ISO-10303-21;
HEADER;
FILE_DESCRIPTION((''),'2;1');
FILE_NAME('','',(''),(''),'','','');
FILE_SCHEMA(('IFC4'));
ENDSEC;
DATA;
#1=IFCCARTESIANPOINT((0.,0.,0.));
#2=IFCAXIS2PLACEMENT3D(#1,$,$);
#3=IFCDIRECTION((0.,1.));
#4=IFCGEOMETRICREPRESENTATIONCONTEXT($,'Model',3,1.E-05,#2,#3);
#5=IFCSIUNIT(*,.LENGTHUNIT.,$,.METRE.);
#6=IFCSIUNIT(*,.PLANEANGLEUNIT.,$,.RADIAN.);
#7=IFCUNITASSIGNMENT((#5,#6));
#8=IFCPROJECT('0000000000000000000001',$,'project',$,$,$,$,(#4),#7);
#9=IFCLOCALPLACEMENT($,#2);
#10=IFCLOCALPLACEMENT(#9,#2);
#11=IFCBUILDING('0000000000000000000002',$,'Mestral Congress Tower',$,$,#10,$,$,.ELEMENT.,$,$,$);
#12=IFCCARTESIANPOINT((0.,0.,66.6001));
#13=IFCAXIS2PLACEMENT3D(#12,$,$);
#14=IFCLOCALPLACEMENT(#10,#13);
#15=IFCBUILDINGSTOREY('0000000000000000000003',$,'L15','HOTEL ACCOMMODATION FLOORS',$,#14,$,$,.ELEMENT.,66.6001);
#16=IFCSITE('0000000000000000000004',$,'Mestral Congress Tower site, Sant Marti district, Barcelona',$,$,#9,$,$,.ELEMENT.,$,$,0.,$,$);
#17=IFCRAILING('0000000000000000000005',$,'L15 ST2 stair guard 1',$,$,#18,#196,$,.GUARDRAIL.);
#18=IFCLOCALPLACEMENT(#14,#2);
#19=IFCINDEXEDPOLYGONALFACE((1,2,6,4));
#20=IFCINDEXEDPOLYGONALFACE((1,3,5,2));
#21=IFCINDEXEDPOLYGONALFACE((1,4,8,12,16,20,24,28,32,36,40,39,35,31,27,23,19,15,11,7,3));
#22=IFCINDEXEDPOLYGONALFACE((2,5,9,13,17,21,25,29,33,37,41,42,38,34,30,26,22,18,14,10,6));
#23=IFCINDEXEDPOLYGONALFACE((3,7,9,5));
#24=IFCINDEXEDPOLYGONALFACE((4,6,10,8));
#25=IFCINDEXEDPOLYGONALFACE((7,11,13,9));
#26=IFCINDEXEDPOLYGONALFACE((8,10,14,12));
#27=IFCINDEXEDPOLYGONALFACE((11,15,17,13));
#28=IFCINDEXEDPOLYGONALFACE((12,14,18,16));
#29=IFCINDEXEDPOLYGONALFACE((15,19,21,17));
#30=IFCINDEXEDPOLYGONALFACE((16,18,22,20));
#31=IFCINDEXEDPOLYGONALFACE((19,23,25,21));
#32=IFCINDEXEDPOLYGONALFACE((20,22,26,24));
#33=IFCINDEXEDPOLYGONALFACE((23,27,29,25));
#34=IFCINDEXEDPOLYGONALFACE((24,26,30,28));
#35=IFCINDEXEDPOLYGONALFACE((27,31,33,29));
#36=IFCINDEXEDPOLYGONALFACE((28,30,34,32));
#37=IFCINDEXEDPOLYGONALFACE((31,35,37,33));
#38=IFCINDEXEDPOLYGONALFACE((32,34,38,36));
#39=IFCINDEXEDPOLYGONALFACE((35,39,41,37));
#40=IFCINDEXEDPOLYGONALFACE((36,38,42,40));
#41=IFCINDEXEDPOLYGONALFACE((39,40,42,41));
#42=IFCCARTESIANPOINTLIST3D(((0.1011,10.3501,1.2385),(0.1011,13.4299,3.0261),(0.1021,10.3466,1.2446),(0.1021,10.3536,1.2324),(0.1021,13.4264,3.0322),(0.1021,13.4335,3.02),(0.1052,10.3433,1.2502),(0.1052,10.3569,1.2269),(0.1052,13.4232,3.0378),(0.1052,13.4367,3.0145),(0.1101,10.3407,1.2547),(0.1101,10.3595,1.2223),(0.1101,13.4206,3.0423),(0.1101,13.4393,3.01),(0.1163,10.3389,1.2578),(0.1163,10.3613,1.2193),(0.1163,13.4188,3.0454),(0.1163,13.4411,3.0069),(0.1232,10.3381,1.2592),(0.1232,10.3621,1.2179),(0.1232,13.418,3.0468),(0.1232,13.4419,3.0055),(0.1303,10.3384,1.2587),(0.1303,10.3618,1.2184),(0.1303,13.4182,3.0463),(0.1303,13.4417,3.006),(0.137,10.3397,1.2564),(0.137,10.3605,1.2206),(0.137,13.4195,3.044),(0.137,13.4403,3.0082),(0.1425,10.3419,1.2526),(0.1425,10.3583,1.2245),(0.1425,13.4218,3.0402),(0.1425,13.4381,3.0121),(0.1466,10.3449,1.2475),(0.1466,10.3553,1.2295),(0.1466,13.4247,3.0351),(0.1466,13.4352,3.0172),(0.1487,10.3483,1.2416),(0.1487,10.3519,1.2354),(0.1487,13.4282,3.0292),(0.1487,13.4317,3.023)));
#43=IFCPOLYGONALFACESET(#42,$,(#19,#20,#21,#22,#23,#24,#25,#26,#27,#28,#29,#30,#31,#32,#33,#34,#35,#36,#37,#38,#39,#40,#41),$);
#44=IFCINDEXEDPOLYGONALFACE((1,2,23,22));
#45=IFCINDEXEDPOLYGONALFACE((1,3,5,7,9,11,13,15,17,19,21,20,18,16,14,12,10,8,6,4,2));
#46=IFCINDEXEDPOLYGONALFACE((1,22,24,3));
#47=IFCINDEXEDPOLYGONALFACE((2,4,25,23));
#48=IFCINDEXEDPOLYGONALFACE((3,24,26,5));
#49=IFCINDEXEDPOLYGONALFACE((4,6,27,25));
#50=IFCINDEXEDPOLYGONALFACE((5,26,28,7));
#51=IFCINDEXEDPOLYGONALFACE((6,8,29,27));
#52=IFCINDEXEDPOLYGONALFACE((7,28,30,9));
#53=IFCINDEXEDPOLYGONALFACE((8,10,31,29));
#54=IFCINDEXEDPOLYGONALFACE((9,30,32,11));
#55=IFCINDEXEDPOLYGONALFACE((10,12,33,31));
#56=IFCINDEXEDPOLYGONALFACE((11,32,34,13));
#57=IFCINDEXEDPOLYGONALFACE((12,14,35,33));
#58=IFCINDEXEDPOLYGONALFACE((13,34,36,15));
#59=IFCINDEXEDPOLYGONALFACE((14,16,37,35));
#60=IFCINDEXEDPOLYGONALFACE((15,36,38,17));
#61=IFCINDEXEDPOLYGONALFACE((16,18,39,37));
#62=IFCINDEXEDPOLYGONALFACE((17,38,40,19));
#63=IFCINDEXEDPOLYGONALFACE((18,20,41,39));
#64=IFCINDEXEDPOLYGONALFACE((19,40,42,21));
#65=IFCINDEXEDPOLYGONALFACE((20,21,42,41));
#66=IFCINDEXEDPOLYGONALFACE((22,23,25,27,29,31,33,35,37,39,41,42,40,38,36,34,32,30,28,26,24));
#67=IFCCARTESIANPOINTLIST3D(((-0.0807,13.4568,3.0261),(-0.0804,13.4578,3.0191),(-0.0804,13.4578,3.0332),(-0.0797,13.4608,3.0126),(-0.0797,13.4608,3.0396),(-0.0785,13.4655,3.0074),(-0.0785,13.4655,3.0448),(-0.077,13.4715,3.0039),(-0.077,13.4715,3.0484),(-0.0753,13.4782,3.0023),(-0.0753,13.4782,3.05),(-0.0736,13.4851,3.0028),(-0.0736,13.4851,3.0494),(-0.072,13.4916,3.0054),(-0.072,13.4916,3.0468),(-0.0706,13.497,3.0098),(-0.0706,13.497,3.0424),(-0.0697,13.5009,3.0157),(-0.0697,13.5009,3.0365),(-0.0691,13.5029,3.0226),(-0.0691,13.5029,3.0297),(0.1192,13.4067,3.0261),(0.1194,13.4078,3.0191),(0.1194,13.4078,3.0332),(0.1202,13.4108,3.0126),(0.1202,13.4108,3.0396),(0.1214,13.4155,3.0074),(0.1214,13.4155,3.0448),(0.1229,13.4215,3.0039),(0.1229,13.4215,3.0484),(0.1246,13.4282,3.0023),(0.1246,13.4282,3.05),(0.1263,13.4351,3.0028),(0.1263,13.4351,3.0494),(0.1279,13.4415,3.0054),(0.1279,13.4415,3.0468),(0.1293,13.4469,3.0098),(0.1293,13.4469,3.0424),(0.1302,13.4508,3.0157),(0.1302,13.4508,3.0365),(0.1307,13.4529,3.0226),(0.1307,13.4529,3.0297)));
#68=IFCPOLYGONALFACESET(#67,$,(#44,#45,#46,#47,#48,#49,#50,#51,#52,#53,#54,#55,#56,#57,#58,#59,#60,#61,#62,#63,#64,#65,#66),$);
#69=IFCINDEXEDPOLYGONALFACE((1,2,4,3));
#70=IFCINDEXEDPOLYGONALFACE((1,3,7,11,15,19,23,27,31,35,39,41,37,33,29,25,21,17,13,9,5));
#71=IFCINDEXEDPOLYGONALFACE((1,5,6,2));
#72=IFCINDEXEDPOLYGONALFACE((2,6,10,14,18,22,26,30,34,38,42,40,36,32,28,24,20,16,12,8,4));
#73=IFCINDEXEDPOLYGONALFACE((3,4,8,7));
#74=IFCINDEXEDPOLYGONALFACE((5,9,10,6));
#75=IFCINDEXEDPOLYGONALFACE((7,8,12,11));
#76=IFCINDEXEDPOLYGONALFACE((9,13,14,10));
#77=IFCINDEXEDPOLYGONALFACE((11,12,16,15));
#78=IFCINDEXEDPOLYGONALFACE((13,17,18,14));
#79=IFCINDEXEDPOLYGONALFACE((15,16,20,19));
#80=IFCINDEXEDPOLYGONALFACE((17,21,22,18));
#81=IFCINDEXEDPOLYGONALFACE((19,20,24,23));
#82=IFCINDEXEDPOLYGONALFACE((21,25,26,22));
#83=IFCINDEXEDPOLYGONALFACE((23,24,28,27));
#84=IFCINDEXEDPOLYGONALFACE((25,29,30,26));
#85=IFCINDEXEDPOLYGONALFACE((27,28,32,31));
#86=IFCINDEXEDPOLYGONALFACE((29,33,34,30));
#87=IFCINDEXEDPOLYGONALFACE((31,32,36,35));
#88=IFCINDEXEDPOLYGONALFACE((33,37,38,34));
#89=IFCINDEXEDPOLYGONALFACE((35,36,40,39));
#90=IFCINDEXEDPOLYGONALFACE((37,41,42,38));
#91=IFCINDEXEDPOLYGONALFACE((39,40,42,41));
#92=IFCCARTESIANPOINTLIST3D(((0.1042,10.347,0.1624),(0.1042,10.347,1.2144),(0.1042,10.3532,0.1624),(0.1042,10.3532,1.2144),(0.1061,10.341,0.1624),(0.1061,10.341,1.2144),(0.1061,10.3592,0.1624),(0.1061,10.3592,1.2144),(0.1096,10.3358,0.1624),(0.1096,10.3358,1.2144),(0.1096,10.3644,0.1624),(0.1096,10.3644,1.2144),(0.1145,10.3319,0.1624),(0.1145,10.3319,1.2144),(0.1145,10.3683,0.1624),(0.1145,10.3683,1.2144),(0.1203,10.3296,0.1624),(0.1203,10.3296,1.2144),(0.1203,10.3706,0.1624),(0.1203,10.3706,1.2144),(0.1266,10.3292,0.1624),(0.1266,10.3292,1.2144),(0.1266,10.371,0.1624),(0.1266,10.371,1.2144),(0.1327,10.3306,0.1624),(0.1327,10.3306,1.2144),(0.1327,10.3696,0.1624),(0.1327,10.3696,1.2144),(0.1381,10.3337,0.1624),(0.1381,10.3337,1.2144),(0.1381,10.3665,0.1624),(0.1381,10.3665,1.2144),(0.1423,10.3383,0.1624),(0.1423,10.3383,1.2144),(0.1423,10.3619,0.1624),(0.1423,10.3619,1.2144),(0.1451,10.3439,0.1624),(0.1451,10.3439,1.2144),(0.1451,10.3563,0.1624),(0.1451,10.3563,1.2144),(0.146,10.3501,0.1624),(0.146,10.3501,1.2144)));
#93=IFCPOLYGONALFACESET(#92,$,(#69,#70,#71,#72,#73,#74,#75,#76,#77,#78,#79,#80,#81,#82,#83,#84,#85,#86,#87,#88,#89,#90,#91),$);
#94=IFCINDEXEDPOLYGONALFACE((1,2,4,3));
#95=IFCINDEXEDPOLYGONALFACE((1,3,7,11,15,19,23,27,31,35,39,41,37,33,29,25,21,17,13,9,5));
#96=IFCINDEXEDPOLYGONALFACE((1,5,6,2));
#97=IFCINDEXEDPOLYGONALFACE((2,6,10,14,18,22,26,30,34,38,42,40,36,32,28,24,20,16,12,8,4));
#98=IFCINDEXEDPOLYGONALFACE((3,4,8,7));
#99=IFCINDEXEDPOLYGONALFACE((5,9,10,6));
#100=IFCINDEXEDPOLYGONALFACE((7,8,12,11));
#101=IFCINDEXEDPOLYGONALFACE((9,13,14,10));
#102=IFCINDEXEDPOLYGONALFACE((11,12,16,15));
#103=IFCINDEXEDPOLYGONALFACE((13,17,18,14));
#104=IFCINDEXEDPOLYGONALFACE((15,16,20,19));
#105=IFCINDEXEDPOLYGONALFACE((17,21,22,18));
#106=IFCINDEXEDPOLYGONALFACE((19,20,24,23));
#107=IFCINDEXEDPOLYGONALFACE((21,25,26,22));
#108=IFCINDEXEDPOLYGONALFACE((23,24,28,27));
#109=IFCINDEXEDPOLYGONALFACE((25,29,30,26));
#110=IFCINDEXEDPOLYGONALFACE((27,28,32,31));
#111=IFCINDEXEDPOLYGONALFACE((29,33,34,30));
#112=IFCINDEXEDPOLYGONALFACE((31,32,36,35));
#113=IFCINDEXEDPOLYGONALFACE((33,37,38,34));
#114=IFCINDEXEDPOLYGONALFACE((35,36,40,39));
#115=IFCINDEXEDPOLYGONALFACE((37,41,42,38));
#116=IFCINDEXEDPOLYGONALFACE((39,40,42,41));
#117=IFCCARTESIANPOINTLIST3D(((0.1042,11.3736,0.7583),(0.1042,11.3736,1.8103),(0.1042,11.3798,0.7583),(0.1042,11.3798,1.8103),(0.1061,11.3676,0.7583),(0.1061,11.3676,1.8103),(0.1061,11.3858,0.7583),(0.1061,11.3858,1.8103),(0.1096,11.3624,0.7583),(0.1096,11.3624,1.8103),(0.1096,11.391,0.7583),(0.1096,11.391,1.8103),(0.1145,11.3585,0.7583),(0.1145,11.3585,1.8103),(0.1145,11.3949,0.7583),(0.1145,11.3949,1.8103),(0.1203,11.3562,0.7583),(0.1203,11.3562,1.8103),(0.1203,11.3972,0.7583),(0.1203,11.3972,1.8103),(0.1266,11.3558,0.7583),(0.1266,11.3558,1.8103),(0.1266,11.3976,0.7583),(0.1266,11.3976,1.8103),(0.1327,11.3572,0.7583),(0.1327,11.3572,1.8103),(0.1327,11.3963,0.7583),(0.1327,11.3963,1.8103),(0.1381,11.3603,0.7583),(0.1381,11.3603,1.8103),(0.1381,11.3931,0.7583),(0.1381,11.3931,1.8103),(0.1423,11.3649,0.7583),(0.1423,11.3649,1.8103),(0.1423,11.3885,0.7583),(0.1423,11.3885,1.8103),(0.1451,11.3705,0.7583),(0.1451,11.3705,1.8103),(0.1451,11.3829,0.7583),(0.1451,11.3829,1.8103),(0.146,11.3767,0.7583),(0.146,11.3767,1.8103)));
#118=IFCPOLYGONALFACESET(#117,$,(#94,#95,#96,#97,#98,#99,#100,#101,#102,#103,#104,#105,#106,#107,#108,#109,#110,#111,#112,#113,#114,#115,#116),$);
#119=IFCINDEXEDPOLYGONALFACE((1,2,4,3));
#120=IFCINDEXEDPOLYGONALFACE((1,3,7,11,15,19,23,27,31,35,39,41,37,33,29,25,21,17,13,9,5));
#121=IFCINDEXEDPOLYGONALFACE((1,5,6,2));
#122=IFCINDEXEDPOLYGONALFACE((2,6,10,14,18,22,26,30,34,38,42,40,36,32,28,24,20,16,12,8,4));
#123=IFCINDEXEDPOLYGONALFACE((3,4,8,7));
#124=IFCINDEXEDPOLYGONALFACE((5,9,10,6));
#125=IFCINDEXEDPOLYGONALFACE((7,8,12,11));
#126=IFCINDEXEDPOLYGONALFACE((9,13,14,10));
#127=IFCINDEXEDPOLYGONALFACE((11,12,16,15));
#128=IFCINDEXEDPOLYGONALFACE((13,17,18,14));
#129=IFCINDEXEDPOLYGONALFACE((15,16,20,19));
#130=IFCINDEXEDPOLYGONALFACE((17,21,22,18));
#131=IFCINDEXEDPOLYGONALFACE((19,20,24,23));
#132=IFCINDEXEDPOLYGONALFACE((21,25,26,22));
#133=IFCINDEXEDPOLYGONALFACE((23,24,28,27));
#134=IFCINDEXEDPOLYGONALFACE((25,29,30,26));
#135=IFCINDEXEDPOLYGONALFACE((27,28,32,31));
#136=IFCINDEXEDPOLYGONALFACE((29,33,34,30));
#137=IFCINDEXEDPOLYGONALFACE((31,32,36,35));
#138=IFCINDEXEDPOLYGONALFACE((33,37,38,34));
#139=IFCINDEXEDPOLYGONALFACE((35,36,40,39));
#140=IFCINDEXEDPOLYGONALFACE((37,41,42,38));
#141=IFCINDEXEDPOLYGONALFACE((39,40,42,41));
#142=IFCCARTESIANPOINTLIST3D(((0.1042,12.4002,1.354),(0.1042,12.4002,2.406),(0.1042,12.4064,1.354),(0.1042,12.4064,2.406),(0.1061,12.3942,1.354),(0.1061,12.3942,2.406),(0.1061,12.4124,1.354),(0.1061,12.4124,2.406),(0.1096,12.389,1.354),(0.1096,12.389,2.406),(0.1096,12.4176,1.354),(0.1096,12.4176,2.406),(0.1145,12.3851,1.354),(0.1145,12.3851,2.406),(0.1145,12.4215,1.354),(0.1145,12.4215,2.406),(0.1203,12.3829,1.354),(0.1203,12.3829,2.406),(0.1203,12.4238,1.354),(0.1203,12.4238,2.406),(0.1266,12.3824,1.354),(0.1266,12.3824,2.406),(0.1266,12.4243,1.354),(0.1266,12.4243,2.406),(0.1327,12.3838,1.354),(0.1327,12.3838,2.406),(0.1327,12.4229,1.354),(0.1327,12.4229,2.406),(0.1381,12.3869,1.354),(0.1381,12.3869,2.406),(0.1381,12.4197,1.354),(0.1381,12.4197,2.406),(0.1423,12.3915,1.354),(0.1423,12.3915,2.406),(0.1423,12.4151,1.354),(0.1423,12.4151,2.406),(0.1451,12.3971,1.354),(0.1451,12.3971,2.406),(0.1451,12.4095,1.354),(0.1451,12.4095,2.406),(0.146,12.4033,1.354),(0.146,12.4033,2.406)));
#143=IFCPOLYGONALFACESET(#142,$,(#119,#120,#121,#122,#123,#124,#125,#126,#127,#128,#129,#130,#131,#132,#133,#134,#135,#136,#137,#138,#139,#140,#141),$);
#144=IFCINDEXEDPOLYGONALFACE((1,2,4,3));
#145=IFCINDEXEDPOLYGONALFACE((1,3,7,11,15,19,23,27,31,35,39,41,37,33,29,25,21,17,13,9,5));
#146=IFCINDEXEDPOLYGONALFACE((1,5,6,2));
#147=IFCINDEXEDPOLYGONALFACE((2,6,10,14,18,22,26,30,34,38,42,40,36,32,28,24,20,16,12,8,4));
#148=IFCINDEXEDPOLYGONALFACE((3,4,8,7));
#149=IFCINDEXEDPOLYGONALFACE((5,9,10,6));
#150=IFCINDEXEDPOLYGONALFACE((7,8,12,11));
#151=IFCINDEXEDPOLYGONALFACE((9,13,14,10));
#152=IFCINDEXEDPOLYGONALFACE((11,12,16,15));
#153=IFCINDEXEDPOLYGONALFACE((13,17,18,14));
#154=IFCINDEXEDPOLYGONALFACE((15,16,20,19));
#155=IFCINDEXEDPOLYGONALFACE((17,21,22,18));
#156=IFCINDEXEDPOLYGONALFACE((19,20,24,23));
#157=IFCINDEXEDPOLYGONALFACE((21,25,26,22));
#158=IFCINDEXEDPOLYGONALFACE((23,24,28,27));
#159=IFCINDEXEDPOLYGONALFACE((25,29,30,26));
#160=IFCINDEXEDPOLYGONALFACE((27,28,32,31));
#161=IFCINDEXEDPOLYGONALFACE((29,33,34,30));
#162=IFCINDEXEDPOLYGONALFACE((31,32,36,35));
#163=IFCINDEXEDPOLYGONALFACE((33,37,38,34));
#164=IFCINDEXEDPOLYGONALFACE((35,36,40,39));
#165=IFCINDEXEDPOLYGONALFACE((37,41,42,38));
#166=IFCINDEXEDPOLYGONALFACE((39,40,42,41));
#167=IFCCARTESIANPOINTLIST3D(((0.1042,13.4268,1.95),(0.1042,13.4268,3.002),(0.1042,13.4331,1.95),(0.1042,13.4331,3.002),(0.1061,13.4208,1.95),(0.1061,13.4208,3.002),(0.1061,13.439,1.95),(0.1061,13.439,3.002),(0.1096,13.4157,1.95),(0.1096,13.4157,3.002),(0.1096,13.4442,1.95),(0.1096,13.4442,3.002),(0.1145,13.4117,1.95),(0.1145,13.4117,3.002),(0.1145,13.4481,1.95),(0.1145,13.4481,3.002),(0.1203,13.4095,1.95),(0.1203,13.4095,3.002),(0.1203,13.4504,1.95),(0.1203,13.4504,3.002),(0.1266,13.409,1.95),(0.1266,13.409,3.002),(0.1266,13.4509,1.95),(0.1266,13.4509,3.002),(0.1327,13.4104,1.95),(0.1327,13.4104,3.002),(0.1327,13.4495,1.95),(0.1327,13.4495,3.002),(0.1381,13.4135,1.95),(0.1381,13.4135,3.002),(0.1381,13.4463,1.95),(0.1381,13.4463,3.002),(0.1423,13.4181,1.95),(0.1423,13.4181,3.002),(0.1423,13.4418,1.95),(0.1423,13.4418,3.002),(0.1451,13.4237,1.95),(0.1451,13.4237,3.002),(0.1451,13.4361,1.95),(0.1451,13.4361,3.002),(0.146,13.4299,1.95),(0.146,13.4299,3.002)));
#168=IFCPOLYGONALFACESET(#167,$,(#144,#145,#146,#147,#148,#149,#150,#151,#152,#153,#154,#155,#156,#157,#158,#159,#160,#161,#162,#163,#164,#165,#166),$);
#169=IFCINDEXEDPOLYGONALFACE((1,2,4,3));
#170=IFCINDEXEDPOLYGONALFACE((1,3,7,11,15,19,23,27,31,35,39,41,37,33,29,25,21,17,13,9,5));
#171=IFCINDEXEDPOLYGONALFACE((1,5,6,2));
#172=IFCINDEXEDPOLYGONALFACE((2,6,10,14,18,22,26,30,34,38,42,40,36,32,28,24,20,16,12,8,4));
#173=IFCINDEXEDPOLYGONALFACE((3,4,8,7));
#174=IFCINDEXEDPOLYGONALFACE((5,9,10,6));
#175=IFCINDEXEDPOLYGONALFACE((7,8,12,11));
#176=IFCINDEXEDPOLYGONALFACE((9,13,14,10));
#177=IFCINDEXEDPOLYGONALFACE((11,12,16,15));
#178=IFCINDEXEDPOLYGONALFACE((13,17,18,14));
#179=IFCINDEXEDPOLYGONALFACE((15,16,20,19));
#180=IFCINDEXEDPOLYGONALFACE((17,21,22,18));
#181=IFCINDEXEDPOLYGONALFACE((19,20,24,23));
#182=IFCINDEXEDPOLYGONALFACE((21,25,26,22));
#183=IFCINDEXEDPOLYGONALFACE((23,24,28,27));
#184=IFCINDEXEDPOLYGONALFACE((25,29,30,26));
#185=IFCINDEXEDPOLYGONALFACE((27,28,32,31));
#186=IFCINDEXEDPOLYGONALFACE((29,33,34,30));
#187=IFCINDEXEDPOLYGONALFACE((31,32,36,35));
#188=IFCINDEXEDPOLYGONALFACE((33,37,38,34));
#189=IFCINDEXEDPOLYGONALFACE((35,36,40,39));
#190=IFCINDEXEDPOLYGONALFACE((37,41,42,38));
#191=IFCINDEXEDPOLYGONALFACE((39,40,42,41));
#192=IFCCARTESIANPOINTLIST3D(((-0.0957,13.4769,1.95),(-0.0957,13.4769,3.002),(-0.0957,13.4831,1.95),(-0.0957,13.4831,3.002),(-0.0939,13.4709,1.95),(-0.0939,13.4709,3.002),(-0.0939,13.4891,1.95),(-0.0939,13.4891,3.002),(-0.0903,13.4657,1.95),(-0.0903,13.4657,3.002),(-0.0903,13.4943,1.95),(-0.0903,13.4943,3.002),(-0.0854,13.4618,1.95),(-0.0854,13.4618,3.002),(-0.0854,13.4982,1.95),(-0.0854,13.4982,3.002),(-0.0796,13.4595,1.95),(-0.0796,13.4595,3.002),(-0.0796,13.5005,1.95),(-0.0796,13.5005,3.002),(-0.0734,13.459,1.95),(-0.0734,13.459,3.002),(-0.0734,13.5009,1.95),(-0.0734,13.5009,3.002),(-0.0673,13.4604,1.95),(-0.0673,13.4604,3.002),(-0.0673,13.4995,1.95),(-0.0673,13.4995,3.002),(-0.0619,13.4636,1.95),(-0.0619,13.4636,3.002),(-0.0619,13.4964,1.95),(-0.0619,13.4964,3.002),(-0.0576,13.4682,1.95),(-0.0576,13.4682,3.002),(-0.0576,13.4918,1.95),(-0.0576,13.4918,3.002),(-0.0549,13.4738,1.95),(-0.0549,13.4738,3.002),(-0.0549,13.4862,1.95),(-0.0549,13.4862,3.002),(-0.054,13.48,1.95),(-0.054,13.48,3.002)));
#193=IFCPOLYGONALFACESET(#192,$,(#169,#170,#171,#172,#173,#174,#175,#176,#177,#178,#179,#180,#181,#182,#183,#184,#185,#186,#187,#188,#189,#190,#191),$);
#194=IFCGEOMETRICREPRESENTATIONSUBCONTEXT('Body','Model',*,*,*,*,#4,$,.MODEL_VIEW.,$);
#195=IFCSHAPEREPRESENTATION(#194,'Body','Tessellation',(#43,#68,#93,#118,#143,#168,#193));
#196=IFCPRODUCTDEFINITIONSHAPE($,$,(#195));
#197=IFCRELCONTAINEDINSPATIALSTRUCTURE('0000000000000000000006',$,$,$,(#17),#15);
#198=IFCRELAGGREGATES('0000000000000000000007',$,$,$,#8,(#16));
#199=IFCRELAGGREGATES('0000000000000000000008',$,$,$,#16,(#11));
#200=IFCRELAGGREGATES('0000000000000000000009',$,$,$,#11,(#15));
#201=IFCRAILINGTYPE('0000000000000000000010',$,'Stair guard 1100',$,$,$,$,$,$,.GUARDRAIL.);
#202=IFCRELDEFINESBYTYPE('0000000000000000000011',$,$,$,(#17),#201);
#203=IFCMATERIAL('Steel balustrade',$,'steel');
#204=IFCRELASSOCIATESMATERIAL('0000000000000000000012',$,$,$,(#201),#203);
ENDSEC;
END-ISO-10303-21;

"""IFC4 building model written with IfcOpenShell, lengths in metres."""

from ifc_helpers import new_model, si_unit, direction, frame, origin, origin_2d, place, context, subcontext, project, spatial, circle, extrude, material, type_object, element, save


model = new_model("IFC4")

# Units and contexts
model_context = context("Model", 3, precision=1e-05, world=origin(), true_north=direction((0.0, 1.0)))
body_context = subcontext(model_context, "Body", "Model", "MODEL_VIEW")
ifc_project = project(units=[si_unit("LENGTHUNIT", "METRE"), si_unit("PLANEANGLEUNIT", "RADIAN")], contexts=[model_context])

# Site, building, storey
site_placement = place(None, origin())
site = spatial("IfcSite", under=ifc_project, at=site_placement, Name="Mestral Congress Tower site, Sant Marti district, Barcelona", CompositionType="ELEMENT", RefElevation=0.0)
building_placement = place(site_placement, origin())
building = spatial("IfcBuilding", under=site, at=building_placement, Name="Mestral Congress Tower", CompositionType="ELEMENT")
storey_placement = place(building_placement, frame((0.0, 0.0, 66.6001)))
storey = spatial("IfcBuildingStorey", under=building, at=storey_placement, Name="L15", Description="HOTEL ACCOMMODATION FLOORS", CompositionType="ELEMENT", Elevation=66.6001)

# Railing
ifc_material_1 = material(Name="Steel balustrade", Category="steel")
railing_type_1 = type_object("IfcRailingType", Name="Stair guard 1100", PredefinedType="GUARDRAIL", material=ifc_material_1)
railing_1_placement = place(storey_placement, frame((0.125, 10.3501, 0.1624)))
element("IfcRailing", 1, at=railing_1_placement, inside=storey, type_object=railing_type_1, Name="L15 ST2 stair guard 1", PredefinedType="GUARDRAIL", context=body_context, shape_type="SweptSolid", body=[
    extrude(circle(Radius=0.0239, at=origin_2d()), frame((0.0, 0.0, 1.0762), z_axis=(0.0, 0.864873, 0.50199), x_axis=(-1.0, 0.0, 0.0)), (0.0, 0.0, 1.0), 3.561),
    extrude(circle(Radius=0.0239, at=origin_2d()), frame((0.0, 3.0798, 2.8638), z_axis=(-0.970073, 0.242814, 0.0), x_axis=(-0.242814, -0.970073, 0.0)), (0.0, 0.0, 1.0), 0.2061),
    extrude(circle(Radius=0.021, at=origin_2d()), origin(), (0.0, 0.0, 1.0), 1.052),
    extrude(circle(Radius=0.021, at=origin_2d()), frame((0.0, 1.0266, 0.5959)), (0.0, 0.0, 1.0), 1.052),
    extrude(circle(Radius=0.021, at=origin_2d()), frame((0.0, 2.0532, 1.1917)), (0.0, 0.0, 1.0), 1.052),
    extrude(circle(Radius=0.021, at=origin_2d()), frame((0.0, 3.0798, 1.7876)), (0.0, 0.0, 1.0), 1.052),
    extrude(circle(Radius=0.021, at=origin_2d()), frame((-0.2, 3.1299, 1.7876)), (0.0, 0.0, 1.0), 1.052),
])

save(model, "model.ifc")
